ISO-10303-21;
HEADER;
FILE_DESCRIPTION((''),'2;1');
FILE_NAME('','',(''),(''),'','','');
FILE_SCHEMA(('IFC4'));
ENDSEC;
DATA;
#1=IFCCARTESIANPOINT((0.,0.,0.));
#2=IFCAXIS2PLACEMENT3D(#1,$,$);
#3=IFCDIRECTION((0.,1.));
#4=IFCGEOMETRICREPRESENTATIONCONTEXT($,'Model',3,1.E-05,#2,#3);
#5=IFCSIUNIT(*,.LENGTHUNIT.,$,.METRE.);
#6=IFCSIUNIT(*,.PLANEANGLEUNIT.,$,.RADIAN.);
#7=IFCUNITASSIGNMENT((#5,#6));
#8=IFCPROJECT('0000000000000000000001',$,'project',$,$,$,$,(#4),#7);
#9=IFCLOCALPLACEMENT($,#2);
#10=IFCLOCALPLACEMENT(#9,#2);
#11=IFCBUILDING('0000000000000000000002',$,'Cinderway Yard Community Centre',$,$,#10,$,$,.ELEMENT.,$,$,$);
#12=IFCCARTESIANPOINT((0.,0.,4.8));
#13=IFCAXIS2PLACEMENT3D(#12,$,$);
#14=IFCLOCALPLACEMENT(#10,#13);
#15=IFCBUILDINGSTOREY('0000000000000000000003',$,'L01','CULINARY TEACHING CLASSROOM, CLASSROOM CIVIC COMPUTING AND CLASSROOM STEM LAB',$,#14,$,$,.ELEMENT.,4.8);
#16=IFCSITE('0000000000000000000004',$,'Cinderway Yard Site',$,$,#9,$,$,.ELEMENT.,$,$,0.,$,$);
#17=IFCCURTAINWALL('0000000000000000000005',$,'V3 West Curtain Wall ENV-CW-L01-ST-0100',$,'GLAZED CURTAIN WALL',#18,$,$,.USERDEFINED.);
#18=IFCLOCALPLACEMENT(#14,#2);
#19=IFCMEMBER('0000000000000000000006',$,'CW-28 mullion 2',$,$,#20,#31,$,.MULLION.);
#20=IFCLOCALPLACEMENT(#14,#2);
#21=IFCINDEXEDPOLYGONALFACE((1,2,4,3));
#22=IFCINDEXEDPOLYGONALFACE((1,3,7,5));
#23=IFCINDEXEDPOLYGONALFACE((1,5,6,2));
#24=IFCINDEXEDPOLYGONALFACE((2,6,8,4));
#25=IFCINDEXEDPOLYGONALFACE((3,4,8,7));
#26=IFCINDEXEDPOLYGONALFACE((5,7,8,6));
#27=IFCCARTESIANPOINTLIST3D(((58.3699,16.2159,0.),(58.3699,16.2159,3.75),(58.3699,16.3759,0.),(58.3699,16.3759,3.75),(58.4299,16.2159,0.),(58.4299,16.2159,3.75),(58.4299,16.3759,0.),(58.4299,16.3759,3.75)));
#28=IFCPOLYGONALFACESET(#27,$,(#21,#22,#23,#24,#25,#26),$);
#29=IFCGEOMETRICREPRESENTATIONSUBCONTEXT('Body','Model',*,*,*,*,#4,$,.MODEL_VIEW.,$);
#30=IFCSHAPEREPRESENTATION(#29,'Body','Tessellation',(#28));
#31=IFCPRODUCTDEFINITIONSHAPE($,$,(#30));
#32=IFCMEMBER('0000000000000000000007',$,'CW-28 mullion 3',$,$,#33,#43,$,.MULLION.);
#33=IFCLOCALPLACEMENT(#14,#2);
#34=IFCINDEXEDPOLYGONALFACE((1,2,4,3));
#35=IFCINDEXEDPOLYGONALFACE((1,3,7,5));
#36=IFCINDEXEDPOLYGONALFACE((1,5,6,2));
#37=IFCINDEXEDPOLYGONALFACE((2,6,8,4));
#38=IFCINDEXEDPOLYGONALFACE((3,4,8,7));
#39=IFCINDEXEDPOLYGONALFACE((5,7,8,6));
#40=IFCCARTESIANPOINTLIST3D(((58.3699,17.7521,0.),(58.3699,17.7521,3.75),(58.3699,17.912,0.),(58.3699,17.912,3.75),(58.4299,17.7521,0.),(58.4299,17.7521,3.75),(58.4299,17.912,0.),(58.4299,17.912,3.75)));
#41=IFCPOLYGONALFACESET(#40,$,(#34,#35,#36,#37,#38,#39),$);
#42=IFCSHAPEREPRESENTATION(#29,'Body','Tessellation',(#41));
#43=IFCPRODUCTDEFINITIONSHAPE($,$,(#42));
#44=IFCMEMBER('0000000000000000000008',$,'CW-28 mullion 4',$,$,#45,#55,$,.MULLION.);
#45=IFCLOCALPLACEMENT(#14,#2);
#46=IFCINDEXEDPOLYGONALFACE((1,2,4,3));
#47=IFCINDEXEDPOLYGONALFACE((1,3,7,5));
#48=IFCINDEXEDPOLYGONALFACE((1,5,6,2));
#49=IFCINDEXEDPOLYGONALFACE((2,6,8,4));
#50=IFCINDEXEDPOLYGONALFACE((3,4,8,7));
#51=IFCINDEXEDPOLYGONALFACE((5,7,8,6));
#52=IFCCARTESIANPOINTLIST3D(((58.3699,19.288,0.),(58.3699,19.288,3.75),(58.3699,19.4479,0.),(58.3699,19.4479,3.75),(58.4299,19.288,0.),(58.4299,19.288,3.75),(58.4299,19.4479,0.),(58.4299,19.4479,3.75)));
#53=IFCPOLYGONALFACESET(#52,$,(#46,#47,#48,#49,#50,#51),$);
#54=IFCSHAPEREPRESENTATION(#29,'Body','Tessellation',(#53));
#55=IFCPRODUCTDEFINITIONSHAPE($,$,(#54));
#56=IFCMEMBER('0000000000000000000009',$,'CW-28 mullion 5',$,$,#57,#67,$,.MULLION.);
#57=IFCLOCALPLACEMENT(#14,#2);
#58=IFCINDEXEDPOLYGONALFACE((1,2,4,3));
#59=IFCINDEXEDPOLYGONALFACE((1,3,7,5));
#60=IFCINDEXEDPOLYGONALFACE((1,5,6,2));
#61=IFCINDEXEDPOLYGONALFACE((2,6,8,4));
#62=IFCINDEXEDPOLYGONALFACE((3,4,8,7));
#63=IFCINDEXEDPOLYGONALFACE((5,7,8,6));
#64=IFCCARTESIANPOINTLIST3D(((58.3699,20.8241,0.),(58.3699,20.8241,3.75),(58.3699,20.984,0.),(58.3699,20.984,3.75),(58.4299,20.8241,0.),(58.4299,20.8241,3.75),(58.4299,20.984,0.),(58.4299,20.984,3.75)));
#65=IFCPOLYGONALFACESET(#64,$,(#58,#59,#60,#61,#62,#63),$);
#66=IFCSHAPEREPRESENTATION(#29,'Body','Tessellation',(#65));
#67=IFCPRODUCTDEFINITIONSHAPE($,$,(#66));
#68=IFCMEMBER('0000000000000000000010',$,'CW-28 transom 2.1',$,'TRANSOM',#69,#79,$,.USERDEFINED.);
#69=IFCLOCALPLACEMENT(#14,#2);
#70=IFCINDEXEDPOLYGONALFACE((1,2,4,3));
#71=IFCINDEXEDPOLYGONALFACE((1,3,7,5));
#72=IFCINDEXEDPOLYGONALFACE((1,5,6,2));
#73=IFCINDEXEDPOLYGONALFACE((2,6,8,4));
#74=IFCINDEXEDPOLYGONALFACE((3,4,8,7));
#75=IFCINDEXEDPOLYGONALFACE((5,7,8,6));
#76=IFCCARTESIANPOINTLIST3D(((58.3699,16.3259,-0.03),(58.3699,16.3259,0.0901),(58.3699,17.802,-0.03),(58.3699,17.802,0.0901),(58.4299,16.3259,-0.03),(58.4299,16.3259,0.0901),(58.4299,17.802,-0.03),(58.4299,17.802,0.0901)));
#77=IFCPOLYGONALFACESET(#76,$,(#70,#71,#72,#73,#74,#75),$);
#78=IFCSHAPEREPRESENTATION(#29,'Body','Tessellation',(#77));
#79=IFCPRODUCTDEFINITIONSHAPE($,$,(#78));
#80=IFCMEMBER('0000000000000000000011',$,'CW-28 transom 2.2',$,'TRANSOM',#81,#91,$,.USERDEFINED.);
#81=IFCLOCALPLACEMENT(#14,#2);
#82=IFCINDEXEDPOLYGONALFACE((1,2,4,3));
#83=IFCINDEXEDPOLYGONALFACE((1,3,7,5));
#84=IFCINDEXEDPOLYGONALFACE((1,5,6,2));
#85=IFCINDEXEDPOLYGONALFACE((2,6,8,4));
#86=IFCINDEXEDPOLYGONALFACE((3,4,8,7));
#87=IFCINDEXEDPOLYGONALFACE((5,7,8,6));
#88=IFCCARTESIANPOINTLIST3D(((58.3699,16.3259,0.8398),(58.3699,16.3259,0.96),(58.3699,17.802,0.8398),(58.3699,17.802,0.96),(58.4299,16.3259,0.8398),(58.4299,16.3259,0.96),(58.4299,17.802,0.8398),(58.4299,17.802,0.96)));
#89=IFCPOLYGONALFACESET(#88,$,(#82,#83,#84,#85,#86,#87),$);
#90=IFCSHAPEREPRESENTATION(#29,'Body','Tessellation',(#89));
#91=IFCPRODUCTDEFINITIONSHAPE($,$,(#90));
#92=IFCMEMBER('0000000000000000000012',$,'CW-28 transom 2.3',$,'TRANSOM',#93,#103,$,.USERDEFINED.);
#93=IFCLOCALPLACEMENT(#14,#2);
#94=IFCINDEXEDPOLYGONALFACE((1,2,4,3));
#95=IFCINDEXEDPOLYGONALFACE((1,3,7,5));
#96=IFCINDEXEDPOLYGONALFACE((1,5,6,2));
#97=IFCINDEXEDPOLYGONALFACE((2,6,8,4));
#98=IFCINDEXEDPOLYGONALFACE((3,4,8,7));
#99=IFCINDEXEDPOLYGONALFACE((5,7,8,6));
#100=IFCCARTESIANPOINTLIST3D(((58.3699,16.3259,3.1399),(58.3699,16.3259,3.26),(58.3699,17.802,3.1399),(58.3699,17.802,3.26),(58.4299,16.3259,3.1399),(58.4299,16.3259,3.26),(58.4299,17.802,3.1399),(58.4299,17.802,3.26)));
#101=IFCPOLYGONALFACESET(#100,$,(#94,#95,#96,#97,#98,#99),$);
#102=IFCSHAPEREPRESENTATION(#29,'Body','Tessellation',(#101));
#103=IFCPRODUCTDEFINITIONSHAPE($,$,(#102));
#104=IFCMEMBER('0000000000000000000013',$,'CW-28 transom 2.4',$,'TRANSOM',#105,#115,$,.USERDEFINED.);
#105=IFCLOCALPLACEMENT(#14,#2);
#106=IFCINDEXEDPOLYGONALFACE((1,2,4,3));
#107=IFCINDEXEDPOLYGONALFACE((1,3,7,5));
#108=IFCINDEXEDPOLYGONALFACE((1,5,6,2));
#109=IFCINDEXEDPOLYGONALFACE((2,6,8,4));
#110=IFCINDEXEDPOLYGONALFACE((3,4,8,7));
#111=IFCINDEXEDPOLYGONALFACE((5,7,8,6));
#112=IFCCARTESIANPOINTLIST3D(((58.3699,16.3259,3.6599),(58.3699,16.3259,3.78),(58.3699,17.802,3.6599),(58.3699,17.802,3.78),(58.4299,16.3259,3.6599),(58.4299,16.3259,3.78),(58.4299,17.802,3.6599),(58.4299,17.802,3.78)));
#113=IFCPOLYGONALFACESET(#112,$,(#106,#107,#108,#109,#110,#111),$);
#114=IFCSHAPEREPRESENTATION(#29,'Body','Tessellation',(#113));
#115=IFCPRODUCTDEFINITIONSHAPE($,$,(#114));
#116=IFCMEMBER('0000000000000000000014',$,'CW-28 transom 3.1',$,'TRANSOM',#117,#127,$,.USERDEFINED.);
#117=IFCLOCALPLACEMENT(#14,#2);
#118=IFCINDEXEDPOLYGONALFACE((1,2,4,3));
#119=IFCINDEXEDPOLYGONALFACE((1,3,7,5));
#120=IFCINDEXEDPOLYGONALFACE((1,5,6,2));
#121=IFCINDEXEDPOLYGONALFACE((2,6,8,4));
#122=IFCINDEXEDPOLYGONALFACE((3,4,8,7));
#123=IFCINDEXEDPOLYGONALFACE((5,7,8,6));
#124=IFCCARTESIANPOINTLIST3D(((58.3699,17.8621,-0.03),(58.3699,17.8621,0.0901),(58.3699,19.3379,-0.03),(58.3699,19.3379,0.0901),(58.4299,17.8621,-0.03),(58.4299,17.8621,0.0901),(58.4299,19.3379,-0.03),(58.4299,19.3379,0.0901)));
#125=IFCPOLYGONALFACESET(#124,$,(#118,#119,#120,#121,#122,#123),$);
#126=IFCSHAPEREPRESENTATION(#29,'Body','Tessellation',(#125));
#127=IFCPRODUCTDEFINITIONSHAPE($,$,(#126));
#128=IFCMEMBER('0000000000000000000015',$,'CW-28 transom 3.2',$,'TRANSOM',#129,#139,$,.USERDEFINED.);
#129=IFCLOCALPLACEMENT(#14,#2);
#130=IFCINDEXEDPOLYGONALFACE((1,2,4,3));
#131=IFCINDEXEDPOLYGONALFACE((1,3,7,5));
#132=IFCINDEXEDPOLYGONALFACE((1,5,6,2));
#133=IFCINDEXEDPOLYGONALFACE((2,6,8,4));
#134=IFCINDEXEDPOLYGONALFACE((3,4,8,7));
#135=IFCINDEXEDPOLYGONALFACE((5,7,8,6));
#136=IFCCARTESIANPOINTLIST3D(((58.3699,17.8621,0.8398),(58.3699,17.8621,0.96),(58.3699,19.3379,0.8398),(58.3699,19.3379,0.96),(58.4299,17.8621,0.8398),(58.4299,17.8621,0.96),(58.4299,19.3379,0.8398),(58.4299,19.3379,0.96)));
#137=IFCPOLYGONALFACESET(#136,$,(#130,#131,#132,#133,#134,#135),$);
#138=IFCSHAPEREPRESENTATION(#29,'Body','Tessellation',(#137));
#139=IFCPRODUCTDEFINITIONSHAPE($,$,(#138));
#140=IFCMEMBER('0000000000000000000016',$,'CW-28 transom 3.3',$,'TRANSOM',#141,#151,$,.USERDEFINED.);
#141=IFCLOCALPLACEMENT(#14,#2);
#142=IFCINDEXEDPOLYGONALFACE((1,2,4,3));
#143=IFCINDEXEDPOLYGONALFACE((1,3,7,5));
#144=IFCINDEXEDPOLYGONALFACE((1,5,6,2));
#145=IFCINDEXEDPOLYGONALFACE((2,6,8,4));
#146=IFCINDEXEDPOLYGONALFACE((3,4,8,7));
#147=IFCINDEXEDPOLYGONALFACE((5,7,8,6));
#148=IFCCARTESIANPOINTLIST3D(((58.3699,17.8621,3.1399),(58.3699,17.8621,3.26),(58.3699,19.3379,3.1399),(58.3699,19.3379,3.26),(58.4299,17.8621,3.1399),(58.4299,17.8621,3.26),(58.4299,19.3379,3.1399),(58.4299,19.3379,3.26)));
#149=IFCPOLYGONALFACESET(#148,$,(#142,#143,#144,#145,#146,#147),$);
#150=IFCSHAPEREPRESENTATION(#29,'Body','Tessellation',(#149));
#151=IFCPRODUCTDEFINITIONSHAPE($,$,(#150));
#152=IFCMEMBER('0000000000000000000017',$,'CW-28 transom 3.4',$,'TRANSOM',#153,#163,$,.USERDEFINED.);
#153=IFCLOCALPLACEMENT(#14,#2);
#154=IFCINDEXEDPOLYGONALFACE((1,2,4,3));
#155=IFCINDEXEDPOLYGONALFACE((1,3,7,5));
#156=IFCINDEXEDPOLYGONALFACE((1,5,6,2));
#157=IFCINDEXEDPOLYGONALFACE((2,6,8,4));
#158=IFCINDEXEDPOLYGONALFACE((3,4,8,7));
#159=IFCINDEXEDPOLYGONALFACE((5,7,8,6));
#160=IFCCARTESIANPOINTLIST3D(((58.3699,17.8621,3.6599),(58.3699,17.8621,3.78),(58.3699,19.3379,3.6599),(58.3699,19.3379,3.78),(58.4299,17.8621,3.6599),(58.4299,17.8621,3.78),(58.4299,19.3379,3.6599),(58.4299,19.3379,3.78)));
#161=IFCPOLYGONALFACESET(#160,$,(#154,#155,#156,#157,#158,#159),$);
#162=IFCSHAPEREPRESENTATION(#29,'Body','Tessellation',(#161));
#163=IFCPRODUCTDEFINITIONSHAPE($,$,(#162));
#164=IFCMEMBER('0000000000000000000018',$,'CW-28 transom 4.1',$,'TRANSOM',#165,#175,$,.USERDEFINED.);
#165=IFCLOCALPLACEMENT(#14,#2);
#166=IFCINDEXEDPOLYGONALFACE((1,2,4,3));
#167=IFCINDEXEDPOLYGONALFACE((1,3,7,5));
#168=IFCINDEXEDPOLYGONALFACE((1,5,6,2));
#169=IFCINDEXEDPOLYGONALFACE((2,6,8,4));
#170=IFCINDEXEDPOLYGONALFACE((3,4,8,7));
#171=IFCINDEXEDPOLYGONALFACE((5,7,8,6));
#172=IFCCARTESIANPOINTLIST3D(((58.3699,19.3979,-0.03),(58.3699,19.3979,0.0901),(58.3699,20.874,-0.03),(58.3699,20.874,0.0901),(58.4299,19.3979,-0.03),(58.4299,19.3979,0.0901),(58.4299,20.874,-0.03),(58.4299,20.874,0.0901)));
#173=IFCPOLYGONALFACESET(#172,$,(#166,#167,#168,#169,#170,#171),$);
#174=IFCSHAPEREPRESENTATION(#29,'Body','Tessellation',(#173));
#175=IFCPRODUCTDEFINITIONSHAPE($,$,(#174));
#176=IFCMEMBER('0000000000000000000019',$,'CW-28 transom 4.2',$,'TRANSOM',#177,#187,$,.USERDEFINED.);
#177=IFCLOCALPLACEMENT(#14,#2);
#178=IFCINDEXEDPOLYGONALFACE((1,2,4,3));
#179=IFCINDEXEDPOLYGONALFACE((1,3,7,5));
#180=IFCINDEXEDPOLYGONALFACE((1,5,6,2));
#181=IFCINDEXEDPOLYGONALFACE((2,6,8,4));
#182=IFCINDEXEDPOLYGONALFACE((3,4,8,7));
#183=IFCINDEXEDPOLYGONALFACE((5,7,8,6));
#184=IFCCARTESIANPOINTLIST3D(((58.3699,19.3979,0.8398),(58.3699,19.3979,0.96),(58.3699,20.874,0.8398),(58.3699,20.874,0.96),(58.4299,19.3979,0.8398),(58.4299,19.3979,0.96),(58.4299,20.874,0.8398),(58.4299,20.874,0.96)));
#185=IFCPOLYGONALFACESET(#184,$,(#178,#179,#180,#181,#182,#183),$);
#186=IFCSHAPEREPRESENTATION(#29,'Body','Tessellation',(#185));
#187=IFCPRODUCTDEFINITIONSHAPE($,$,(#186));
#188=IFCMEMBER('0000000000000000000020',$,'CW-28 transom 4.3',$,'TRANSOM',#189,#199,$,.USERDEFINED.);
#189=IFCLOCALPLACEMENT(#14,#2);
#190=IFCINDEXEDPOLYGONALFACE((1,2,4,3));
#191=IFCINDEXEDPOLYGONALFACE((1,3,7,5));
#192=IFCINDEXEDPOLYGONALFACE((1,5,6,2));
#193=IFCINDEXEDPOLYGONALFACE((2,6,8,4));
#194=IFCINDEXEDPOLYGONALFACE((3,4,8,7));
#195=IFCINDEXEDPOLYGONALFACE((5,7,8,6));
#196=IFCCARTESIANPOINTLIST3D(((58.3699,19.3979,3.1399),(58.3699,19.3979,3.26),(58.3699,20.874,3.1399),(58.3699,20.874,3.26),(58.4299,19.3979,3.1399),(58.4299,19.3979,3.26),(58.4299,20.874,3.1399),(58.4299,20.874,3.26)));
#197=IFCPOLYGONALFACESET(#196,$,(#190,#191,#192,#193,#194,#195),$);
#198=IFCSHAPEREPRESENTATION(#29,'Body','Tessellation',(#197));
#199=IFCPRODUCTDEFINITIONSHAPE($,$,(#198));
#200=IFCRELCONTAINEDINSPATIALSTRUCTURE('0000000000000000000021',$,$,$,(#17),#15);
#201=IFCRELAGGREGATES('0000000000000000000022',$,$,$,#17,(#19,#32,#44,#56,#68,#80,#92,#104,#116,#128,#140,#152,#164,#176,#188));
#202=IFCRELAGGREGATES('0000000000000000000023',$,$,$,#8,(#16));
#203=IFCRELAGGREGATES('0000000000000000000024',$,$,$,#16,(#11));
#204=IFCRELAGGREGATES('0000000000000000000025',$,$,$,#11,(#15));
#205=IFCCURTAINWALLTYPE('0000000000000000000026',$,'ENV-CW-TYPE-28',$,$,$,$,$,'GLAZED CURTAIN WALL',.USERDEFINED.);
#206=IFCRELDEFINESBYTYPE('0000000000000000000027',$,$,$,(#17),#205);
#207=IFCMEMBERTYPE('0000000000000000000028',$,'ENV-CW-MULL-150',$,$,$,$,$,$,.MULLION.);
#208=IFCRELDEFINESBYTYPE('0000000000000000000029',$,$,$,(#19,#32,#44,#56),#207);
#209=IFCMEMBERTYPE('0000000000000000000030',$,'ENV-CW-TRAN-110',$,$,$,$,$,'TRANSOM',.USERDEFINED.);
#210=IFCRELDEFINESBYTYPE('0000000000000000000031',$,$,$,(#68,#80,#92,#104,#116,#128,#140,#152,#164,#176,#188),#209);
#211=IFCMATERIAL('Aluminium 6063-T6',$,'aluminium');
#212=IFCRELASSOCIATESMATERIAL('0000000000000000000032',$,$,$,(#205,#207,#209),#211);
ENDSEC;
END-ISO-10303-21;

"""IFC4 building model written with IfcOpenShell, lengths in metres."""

from ifc_helpers import new_model, si_unit, direction, frame, origin, origin_2d, place, context, subcontext, project, spatial, rectangle, extrude, material, material_profile, profile_set, type_object, element, aggregate, save


model = new_model("IFC4")

# Units and contexts
model_context = context("Model", 3, precision=1e-05, world=origin(), true_north=direction((0.0, 1.0)))
body_context = subcontext(model_context, "Body", "Model", "MODEL_VIEW")
ifc_project = project(units=[si_unit("LENGTHUNIT", "METRE"), si_unit("PLANEANGLEUNIT", "RADIAN")], contexts=[model_context])

# Site, building, storey
site_placement = place(None, origin())
site = spatial("IfcSite", under=ifc_project, at=site_placement, Name="Cinderway Yard Site", CompositionType="ELEMENT", RefElevation=0.0)
building_placement = place(site_placement, origin())
building = spatial("IfcBuilding", under=site, at=building_placement, Name="Cinderway Yard Community Centre", CompositionType="ELEMENT")
storey_placement = place(building_placement, frame((0.0, 0.0, 4.8)))
storey = spatial("IfcBuildingStorey", under=building, at=storey_placement, Name="L01", Description="CULINARY TEACHING CLASSROOM, CLASSROOM CIVIC COMPUTING AND CLASSROOM STEM LAB", CompositionType="ELEMENT", Elevation=4.8)

# Curtain wall, members
ifc_material_1 = material(Name="Aluminium 6063-T6", Category="aluminium")
curtain_wall_type = type_object("IfcCurtainWallType", Name="ENV-CW-TYPE-28", ElementType="GLAZED CURTAIN WALL", PredefinedType="USERDEFINED", material=ifc_material_1)
curtain_wall_placement = place(storey_placement, origin())
curtain_wall = element("IfcCurtainWall", 1, at=curtain_wall_placement, inside=storey, type_object=curtain_wall_type, Name="V3 West Curtain Wall ENV-CW-L01-ST-0100", ObjectType="GLAZED CURTAIN WALL", PredefinedType="USERDEFINED")
ifc_material_profile_1 = material_profile(ifc_material_1, rectangle(XDim=0.0601, YDim=0.1599, at=origin_2d()), Name="Aluminium 6063-T6")
ifc_profile_set_1 = profile_set([ifc_material_profile_1], Name="Aluminium 6063-T6")
member_type_1 = type_object("IfcMemberType", Name="ENV-CW-MULL-150", PredefinedType="MULLION", material=ifc_profile_set_1)
member_1_placement = place(storey_placement, frame((58.3999, 16.2959, 0.0), z_axis=(0.0, 0.0, 1.0), x_axis=(-1.0, 0.0, 0.0)))
member_1 = element("IfcMember", 2, at=member_1_placement, type_object=member_type_1, Name="CW-28 mullion 2", PredefinedType="MULLION", context=body_context, shape_type="SweptSolid", body=[
    extrude(rectangle(XDim=0.0601, YDim=0.1599, at=origin_2d()), origin(), (0.0, 0.0, 1.0), 3.75),
])
member_2_placement = place(storey_placement, frame((58.3999, 17.832, 0.0), z_axis=(0.0, 0.0, 1.0), x_axis=(-1.0, 0.0, 0.0)))
member_2 = element("IfcMember", 3, at=member_2_placement, type_object=member_type_1, Name="CW-28 mullion 3", PredefinedType="MULLION", context=body_context, shape_type="SweptSolid", body=[
    extrude(rectangle(XDim=0.0601, YDim=0.1599, at=origin_2d()), origin(), (0.0, 0.0, 1.0), 3.75),
])
member_3_placement = place(storey_placement, frame((58.3999, 19.3679, 0.0), z_axis=(0.0, 0.0, 1.0), x_axis=(-1.0, 0.0, 0.0)))
member_3 = element("IfcMember", 4, at=member_3_placement, type_object=member_type_1, Name="CW-28 mullion 4", PredefinedType="MULLION", context=body_context, shape_type="SweptSolid", body=[
    extrude(rectangle(XDim=0.0601, YDim=0.1599, at=origin_2d()), origin(), (0.0, 0.0, 1.0), 3.75),
])
member_4_placement = place(storey_placement, frame((58.3999, 20.9041, 0.0), z_axis=(0.0, 0.0, 1.0), x_axis=(-1.0, 0.0, 0.0)))
member_4 = element("IfcMember", 5, at=member_4_placement, type_object=member_type_1, Name="CW-28 mullion 5", PredefinedType="MULLION", context=body_context, shape_type="SweptSolid", body=[
    extrude(rectangle(XDim=0.0601, YDim=0.1599, at=origin_2d()), origin(), (0.0, 0.0, 1.0), 3.75),
])
ifc_material_profile_2 = material_profile(ifc_material_1, rectangle(XDim=0.0601, YDim=0.1201, at=origin_2d()), Name="Aluminium 6063-T6")
ifc_profile_set_2 = profile_set([ifc_material_profile_2], Name="Aluminium 6063-T6")
member_type_2 = type_object("IfcMemberType", Name="ENV-CW-TRAN-110", ElementType="TRANSOM", PredefinedType="USERDEFINED", material=ifc_profile_set_2)
member_5_placement = place(storey_placement, frame((58.3999, 16.3259, 0.03), z_axis=(0.0, 1.0, 0.0), x_axis=(-1.0, 0.0, 0.0)))
member_5 = element("IfcMember", 6, at=member_5_placement, type_object=member_type_2, Name="CW-28 transom 2.1", ObjectType="TRANSOM", PredefinedType="USERDEFINED", context=body_context, shape_type="SweptSolid", body=[
    extrude(rectangle(XDim=0.0601, YDim=0.1201, at=origin_2d()), origin(), (0.0, 0.0, 1.0), 1.4761),
])
member_6_placement = place(storey_placement, frame((58.3999, 16.3259, 0.8999), z_axis=(0.0, 1.0, 0.0), x_axis=(-1.0, 0.0, 0.0)))
member_6 = element("IfcMember", 7, at=member_6_placement, type_object=member_type_2, Name="CW-28 transom 2.2", ObjectType="TRANSOM", PredefinedType="USERDEFINED", context=body_context, shape_type="SweptSolid", body=[
    extrude(rectangle(XDim=0.0601, YDim=0.1201, at=origin_2d()), origin(), (0.0, 0.0, 1.0), 1.4761),
])
member_7_placement = place(storey_placement, frame((58.3999, 16.3259, 3.2), z_axis=(0.0, 1.0, 0.0), x_axis=(-1.0, 0.0, 0.0)))
member_7 = element("IfcMember", 8, at=member_7_placement, type_object=member_type_2, Name="CW-28 transom 2.3", ObjectType="TRANSOM", PredefinedType="USERDEFINED", context=body_context, shape_type="SweptSolid", body=[
    extrude(rectangle(XDim=0.0601, YDim=0.1201, at=origin_2d()), origin(), (0.0, 0.0, 1.0), 1.4761),
])
member_8_placement = place(storey_placement, frame((58.3999, 16.3259, 3.72), z_axis=(0.0, 1.0, 0.0), x_axis=(-1.0, 0.0, 0.0)))
member_8 = element("IfcMember", 9, at=member_8_placement, type_object=member_type_2, Name="CW-28 transom 2.4", ObjectType="TRANSOM", PredefinedType="USERDEFINED", context=body_context, shape_type="SweptSolid", body=[
    extrude(rectangle(XDim=0.0601, YDim=0.1201, at=origin_2d()), origin(), (0.0, 0.0, 1.0), 1.4761),
])
member_9_placement = place(storey_placement, frame((58.3999, 17.8621, 0.03), z_axis=(0.0, 1.0, 0.0), x_axis=(-1.0, 0.0, 0.0)))
member_9 = element("IfcMember", 10, at=member_9_placement, type_object=member_type_2, Name="CW-28 transom 3.1", ObjectType="TRANSOM", PredefinedType="USERDEFINED", context=body_context, shape_type="SweptSolid", body=[
    extrude(rectangle(XDim=0.0601, YDim=0.1201, at=origin_2d()), origin(), (0.0, 0.0, 1.0), 1.4758),
])
member_10_placement = place(storey_placement, frame((58.3999, 17.8621, 0.8999), z_axis=(0.0, 1.0, 0.0), x_axis=(-1.0, 0.0, 0.0)))
member_10 = element("IfcMember", 11, at=member_10_placement, type_object=member_type_2, Name="CW-28 transom 3.2", ObjectType="TRANSOM", PredefinedType="USERDEFINED", context=body_context, shape_type="SweptSolid", body=[
    extrude(rectangle(XDim=0.0601, YDim=0.1201, at=origin_2d()), origin(), (0.0, 0.0, 1.0), 1.4758),
])
member_11_placement = place(storey_placement, frame((58.3999, 17.8621, 3.2), z_axis=(0.0, 1.0, 0.0), x_axis=(-1.0, 0.0, 0.0)))
member_11 = element("IfcMember", 12, at=member_11_placement, type_object=member_type_2, Name="CW-28 transom 3.3", ObjectType="TRANSOM", PredefinedType="USERDEFINED", context=body_context, shape_type="SweptSolid", body=[
    extrude(rectangle(XDim=0.0601, YDim=0.1201, at=origin_2d()), origin(), (0.0, 0.0, 1.0), 1.4758),
])
member_12_placement = place(storey_placement, frame((58.3999, 17.8621, 3.72), z_axis=(0.0, 1.0, 0.0), x_axis=(-1.0, 0.0, 0.0)))
member_12 = element("IfcMember", 13, at=member_12_placement, type_object=member_type_2, Name="CW-28 transom 3.4", ObjectType="TRANSOM", PredefinedType="USERDEFINED", context=body_context, shape_type="SweptSolid", body=[
    extrude(rectangle(XDim=0.0601, YDim=0.1201, at=origin_2d()), origin(), (0.0, 0.0, 1.0), 1.4758),
])
member_13_placement = place(storey_placement, frame((58.3999, 19.3979, 0.03), z_axis=(0.0, 1.0, 0.0), x_axis=(-1.0, 0.0, 0.0)))
member_13 = element("IfcMember", 14, at=member_13_placement, type_object=member_type_2, Name="CW-28 transom 4.1", ObjectType="TRANSOM", PredefinedType="USERDEFINED", context=body_context, shape_type="SweptSolid", body=[
    extrude(rectangle(XDim=0.0601, YDim=0.1201, at=origin_2d()), origin(), (0.0, 0.0, 1.0), 1.4761),
])
member_14_placement = place(storey_placement, frame((58.3999, 19.3979, 0.8999), z_axis=(0.0, 1.0, 0.0), x_axis=(-1.0, 0.0, 0.0)))
member_14 = element("IfcMember", 15, at=member_14_placement, type_object=member_type_2, Name="CW-28 transom 4.2", ObjectType="TRANSOM", PredefinedType="USERDEFINED", context=body_context, shape_type="SweptSolid", body=[
    extrude(rectangle(XDim=0.0601, YDim=0.1201, at=origin_2d()), origin(), (0.0, 0.0, 1.0), 1.4761),
])
member_15_placement = place(storey_placement, frame((58.3999, 19.3979, 3.2), z_axis=(0.0, 1.0, 0.0), x_axis=(-1.0, 0.0, 0.0)))
member_15 = element("IfcMember", 16, at=member_15_placement, type_object=member_type_2, Name="CW-28 transom 4.3", ObjectType="TRANSOM", PredefinedType="USERDEFINED", context=body_context, shape_type="SweptSolid", body=[
    extrude(rectangle(XDim=0.0601, YDim=0.1201, at=origin_2d()), origin(), (0.0, 0.0, 1.0), 1.4761),
])

aggregate(curtain_wall, [member_1, member_2, member_3, member_4, member_5, member_6, member_7, member_8, member_9, member_10, member_11, member_12, member_13, member_14, member_15])

save(model, "model.ifc")
